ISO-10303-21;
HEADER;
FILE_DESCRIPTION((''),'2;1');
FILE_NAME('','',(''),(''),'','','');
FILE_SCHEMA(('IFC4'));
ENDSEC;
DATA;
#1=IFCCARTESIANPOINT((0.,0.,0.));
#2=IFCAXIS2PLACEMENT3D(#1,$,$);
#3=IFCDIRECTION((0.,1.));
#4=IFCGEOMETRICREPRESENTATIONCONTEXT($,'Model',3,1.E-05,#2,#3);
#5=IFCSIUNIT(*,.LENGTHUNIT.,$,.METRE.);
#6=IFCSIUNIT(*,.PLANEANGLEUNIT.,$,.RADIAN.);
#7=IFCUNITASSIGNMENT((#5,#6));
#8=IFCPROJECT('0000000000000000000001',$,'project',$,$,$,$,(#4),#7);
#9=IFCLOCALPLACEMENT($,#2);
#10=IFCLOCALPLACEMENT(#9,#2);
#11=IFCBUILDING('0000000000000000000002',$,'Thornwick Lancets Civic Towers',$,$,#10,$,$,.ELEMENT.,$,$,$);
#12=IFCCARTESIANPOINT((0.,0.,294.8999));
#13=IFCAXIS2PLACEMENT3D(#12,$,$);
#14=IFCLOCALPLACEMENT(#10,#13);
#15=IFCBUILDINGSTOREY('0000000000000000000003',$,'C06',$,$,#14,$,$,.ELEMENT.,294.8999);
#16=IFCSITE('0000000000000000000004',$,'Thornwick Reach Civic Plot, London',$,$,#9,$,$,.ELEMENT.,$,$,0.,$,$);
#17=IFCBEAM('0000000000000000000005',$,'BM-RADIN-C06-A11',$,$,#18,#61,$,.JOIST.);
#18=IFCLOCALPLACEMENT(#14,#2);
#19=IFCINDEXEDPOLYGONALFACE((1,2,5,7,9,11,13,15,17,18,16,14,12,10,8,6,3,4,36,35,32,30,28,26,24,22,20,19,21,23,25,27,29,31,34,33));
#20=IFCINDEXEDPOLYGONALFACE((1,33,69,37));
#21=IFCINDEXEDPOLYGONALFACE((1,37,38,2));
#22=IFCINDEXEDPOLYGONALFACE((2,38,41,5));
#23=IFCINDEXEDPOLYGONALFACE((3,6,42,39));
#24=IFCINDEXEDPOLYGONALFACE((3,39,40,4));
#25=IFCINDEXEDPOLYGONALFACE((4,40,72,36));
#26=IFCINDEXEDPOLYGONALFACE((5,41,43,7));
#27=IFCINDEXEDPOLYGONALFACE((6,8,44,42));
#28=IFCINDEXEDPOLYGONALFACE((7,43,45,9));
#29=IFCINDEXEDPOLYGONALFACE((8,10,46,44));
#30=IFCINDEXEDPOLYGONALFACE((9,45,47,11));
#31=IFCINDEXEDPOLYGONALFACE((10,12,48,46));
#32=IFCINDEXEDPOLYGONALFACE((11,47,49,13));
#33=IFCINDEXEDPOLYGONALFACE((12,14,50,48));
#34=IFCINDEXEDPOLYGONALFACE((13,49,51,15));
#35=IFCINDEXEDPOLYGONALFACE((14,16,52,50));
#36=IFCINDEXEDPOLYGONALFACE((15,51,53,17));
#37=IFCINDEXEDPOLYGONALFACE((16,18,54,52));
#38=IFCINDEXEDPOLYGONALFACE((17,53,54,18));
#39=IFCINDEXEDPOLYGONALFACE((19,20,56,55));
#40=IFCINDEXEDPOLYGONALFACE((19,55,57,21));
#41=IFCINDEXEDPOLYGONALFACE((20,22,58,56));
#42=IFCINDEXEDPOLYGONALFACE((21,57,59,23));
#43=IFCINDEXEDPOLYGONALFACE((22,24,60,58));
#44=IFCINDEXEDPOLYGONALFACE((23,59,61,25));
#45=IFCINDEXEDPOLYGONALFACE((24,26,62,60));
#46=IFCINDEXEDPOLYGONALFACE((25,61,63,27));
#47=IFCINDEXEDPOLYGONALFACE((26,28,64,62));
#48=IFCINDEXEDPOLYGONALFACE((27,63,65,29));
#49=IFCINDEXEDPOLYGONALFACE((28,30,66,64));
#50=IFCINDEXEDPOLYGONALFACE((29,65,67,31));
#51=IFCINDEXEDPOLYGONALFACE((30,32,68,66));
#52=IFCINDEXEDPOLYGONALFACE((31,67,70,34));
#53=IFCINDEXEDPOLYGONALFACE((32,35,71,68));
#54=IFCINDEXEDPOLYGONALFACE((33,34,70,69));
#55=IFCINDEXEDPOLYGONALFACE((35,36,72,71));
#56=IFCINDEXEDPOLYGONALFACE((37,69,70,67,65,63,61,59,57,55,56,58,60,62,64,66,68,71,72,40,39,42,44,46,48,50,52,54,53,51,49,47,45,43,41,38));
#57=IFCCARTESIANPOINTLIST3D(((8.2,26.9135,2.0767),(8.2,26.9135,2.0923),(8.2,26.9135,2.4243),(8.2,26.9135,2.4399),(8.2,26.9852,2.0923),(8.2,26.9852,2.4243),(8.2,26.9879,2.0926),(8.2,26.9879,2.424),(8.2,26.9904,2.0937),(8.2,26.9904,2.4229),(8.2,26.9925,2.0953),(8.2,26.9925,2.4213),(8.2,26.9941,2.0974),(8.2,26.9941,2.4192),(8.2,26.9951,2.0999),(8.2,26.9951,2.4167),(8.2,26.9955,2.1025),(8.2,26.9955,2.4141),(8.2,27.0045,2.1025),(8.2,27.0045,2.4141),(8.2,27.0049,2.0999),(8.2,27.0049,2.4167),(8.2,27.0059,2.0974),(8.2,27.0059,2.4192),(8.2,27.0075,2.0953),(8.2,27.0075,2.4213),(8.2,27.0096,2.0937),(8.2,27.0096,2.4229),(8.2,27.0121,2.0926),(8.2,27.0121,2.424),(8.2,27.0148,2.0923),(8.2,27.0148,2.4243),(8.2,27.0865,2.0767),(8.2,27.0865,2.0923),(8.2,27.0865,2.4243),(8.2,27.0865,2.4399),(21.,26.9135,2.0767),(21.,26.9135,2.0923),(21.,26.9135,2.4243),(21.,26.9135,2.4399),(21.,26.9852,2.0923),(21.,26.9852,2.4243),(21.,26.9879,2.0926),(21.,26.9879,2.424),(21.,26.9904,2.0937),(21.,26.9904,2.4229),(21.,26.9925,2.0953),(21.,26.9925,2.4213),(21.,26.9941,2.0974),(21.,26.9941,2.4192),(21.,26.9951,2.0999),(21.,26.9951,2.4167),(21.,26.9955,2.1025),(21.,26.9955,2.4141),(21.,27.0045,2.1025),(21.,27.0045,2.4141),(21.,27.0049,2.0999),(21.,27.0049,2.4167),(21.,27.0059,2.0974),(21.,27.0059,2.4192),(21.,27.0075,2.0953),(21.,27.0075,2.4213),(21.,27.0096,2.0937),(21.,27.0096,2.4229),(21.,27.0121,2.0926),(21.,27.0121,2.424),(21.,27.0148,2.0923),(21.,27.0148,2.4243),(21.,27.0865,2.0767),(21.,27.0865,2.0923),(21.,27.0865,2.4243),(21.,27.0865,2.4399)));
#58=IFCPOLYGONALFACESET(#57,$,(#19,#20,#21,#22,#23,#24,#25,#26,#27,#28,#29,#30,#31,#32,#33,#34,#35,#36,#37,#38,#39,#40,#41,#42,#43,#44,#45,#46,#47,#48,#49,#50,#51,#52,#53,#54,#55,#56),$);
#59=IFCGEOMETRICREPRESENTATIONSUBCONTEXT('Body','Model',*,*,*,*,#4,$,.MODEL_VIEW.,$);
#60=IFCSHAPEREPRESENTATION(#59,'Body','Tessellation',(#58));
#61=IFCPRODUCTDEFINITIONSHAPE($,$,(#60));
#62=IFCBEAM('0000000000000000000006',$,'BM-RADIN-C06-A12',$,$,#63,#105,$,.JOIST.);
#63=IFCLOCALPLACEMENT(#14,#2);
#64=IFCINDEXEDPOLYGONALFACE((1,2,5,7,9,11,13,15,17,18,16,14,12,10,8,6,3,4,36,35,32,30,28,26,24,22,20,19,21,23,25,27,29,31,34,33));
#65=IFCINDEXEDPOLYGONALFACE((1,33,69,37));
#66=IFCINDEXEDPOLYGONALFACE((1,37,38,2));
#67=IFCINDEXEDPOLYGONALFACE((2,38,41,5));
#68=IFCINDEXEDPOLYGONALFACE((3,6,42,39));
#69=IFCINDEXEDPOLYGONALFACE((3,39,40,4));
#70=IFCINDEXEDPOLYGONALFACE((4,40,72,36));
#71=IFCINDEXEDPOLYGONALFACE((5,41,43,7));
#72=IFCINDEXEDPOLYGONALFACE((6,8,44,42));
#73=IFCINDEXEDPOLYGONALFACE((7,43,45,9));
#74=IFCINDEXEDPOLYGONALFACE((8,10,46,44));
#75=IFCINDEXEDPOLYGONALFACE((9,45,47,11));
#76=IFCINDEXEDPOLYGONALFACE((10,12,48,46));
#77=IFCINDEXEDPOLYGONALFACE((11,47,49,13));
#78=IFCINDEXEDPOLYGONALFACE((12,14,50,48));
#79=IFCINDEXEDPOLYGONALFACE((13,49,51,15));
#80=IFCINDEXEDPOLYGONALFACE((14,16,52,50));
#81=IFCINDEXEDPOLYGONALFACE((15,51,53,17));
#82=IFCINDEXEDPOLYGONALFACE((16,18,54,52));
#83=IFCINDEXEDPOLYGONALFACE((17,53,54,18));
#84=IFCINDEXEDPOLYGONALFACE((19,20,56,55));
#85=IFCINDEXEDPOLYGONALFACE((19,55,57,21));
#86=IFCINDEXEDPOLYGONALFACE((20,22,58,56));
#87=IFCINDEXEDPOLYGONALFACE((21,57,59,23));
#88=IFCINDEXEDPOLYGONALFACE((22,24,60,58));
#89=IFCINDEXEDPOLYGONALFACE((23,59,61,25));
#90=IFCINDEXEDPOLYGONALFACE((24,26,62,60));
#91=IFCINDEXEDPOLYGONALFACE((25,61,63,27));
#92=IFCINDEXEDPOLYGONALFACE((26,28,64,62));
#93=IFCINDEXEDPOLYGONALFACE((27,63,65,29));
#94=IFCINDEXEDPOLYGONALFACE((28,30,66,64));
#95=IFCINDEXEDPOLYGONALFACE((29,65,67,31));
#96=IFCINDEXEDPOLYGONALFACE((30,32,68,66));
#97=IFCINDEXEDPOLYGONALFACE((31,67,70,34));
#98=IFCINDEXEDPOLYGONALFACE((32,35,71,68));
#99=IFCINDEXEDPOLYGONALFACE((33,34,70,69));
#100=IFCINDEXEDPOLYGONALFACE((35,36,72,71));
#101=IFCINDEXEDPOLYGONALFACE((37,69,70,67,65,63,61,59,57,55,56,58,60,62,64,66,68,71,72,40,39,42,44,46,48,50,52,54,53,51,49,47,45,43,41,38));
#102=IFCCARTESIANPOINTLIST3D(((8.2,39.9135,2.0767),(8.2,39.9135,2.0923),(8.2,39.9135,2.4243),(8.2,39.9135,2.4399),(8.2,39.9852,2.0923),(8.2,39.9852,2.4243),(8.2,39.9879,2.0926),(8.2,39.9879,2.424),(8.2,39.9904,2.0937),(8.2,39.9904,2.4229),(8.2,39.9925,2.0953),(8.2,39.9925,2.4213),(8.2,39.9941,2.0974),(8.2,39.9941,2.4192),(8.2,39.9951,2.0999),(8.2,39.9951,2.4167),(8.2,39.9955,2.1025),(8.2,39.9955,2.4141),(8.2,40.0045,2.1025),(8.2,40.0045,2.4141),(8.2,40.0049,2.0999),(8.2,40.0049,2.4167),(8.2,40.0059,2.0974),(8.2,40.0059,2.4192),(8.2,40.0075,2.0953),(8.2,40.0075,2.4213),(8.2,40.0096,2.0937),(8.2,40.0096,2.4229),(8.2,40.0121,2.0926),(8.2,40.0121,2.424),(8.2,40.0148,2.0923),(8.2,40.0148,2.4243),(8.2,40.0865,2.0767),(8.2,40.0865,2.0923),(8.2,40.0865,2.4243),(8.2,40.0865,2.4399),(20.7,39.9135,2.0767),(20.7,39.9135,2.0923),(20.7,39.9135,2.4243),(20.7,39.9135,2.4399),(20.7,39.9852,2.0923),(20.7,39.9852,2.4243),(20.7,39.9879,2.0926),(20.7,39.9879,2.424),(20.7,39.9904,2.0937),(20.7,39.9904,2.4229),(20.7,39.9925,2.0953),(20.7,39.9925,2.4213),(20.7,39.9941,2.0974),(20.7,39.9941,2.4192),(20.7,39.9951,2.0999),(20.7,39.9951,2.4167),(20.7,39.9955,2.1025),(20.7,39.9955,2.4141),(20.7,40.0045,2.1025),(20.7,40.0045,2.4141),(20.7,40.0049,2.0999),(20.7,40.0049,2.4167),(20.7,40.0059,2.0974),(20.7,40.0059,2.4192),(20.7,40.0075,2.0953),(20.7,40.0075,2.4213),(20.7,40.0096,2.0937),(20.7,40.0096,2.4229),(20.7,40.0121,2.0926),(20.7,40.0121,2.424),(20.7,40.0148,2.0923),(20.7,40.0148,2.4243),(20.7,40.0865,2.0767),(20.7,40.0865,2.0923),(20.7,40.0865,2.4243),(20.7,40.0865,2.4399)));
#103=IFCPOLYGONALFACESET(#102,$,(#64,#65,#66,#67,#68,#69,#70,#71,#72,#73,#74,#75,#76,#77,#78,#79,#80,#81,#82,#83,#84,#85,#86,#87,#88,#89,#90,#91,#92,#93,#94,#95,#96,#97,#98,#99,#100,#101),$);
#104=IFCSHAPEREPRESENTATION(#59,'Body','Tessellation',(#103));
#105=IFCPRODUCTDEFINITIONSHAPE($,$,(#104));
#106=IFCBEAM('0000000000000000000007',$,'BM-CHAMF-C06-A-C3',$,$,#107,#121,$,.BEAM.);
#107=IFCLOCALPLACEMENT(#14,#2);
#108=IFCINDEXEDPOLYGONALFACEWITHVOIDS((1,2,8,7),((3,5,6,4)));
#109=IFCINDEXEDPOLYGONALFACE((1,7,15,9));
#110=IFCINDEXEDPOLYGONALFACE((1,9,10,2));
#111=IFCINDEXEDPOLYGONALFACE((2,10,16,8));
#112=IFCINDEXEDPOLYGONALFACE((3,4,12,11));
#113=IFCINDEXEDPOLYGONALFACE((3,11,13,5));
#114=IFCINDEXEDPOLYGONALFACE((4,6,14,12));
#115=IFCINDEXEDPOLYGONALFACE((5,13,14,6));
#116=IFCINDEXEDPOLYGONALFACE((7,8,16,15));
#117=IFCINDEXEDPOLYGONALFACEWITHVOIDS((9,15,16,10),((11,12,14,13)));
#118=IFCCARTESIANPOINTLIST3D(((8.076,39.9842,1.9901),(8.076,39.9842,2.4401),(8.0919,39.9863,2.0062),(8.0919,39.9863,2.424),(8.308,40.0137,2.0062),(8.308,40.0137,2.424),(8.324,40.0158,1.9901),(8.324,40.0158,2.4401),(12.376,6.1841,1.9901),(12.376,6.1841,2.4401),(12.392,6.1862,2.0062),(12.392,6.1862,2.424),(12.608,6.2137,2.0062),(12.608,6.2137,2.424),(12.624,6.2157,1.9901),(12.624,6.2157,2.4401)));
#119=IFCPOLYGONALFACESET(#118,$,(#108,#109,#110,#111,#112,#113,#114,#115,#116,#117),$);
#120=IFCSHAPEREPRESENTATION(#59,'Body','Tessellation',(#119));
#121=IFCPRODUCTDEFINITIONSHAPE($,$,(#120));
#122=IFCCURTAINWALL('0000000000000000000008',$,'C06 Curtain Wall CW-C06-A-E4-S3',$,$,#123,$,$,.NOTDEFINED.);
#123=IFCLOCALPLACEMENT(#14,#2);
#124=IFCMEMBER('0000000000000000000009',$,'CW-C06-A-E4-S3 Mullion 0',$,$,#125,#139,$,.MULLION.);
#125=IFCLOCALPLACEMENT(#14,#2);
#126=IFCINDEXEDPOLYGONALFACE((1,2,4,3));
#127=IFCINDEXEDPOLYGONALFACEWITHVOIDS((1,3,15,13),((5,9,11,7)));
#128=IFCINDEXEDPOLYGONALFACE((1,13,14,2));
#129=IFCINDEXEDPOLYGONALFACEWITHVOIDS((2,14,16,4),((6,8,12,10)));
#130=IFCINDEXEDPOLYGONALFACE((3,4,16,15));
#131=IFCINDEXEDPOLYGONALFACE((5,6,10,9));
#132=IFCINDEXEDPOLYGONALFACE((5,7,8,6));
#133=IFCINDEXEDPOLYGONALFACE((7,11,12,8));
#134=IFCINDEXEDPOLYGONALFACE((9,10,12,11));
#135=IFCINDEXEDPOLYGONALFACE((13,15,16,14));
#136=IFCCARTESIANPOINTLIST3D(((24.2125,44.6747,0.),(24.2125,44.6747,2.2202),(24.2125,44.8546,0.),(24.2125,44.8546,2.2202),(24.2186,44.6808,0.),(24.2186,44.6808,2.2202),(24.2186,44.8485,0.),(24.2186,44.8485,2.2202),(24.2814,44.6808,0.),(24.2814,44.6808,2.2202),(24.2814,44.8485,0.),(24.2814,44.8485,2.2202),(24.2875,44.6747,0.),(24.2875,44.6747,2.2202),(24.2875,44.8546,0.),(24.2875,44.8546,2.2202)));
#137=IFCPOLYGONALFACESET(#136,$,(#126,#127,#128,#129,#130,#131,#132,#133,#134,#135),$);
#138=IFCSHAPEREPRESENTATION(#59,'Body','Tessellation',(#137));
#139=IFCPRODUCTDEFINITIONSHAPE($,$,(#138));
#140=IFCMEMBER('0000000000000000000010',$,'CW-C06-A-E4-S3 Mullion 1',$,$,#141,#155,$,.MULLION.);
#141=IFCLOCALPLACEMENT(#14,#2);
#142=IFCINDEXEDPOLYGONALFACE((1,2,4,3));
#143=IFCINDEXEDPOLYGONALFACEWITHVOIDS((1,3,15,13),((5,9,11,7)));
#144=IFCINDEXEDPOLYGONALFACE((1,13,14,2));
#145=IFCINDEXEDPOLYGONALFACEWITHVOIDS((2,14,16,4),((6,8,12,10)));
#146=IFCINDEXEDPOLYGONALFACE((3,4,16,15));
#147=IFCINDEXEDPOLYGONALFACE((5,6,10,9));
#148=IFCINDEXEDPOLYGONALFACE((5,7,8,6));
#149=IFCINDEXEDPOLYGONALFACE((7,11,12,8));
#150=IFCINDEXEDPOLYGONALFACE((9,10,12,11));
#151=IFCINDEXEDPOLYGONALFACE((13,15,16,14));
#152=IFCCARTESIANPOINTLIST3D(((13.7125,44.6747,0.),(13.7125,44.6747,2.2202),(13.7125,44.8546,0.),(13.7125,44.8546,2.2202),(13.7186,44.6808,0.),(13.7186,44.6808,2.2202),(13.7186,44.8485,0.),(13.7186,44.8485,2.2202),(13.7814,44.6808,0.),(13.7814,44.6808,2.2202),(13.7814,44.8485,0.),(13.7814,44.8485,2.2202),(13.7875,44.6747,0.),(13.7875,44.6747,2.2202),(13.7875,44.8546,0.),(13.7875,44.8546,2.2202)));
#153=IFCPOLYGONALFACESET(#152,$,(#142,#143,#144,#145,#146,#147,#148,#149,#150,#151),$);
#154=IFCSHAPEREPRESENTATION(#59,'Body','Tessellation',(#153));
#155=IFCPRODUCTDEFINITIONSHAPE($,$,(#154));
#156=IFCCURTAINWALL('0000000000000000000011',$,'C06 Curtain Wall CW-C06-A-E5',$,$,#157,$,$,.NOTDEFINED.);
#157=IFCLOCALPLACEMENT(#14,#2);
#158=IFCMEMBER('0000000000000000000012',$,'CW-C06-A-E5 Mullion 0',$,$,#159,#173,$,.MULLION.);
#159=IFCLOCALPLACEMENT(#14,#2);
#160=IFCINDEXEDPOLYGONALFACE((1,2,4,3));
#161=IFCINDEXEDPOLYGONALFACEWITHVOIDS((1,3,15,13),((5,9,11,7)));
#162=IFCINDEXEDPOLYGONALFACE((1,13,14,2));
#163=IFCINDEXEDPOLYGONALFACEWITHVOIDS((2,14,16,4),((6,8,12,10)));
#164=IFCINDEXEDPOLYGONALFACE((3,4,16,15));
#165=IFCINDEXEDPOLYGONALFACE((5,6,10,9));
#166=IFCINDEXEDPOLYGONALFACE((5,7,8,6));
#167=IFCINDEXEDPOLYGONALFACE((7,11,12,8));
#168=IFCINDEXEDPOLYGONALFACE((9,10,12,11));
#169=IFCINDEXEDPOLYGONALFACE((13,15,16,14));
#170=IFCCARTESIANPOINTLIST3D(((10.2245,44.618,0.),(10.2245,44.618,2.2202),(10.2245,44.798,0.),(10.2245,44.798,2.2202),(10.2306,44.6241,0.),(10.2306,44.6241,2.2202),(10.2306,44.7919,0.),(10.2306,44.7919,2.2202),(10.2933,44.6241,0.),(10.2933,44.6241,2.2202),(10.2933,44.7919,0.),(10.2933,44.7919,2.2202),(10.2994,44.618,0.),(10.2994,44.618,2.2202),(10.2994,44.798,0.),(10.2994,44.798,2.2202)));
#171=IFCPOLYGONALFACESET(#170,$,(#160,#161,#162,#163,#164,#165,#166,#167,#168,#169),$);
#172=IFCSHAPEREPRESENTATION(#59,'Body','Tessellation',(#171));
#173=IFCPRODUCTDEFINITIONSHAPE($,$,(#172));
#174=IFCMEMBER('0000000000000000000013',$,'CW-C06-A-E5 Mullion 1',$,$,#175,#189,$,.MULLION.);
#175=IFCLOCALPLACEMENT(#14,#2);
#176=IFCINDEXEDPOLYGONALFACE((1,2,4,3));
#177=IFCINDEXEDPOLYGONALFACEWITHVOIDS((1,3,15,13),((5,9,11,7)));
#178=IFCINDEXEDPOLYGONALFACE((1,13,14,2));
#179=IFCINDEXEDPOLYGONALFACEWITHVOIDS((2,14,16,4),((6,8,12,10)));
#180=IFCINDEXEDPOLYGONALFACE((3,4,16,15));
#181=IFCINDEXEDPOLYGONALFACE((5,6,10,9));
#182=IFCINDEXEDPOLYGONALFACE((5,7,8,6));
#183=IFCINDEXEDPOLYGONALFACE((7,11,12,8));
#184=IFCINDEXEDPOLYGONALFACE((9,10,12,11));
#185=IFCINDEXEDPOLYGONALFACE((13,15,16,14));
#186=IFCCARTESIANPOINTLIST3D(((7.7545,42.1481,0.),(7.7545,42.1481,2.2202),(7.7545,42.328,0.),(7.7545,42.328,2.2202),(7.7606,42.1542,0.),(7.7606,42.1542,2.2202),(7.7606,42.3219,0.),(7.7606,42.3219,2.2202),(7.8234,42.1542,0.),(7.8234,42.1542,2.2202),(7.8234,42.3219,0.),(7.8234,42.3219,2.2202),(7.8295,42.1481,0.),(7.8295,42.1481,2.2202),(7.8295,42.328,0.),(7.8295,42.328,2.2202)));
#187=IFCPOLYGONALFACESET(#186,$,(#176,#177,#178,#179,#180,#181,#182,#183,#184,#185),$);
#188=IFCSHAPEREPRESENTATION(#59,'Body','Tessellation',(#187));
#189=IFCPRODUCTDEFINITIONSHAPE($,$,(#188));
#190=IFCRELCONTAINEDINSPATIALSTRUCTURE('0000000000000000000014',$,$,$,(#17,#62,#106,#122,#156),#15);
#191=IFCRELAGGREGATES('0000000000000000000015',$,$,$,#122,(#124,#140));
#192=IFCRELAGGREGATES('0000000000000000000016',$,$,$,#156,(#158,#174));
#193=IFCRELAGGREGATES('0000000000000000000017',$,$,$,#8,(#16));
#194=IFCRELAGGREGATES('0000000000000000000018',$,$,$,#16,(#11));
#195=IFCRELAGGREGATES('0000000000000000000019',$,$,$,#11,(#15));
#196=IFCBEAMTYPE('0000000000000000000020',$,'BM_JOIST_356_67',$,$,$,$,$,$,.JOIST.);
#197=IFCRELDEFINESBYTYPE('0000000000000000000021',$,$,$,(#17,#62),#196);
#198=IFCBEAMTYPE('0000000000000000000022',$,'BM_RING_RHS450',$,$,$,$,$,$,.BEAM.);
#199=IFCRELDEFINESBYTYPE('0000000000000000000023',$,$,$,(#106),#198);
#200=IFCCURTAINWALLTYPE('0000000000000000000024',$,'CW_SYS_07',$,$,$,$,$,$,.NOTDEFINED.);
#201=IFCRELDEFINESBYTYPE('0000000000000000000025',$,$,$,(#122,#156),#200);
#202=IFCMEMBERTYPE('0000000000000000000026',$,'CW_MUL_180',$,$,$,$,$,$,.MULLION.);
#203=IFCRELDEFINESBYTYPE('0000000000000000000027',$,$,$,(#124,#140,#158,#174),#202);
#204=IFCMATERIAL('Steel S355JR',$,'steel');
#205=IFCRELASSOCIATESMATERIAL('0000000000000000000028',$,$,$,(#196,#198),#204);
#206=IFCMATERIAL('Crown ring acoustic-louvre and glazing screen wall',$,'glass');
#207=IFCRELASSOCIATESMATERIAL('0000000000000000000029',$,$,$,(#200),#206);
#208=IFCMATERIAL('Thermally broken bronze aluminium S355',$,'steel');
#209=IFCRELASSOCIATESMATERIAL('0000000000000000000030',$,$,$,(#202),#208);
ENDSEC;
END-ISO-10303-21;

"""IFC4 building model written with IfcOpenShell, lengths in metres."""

from ifc_helpers import new_model, si_unit, direction, frame, origin, origin_2d, place, context, subcontext, project, spatial, hollow_rectangle, i_section, extrude, material, material_profile, profile_set, type_object, element, aggregate, save


model = new_model("IFC4")

# Units and contexts
model_context = context("Model", 3, precision=1e-05, world=origin(), true_north=direction((0.0, 1.0)))
body_context = subcontext(model_context, "Body", "Model", "MODEL_VIEW")
ifc_project = project(units=[si_unit("LENGTHUNIT", "METRE"), si_unit("PLANEANGLEUNIT", "RADIAN")], contexts=[model_context])

# Site, building, storey
site_placement = place(None, origin())
site = spatial("IfcSite", under=ifc_project, at=site_placement, Name="Thornwick Reach Civic Plot, London", CompositionType="ELEMENT", RefElevation=0.0)
building_placement = place(site_placement, origin())
building = spatial("IfcBuilding", under=site, at=building_placement, Name="Thornwick Lancets Civic Towers", CompositionType="ELEMENT")
storey_placement = place(building_placement, frame((0.0, 0.0, 294.8999)))
storey = spatial("IfcBuildingStorey", under=building, at=storey_placement, Name="C06", CompositionType="ELEMENT", Elevation=294.8999)

# Shared definitions
ifc_material_1 = material(Name="Steel S355JR", Category="steel")

# Beams
ifc_material_profile_1 = material_profile(ifc_material_1, i_section(OverallWidth=0.1731, OverallDepth=0.3633, WebThickness=0.009, FlangeThickness=0.0156, FilletRadius=0.0103, at=origin_2d()), Name="UKB 356x171x67")
ifc_profile_set_1 = profile_set([ifc_material_profile_1], Name="Steel S355JR")
beam_type_1 = type_object("IfcBeamType", Name="BM_JOIST_356_67", PredefinedType="JOIST", material=ifc_profile_set_1)
beam_1_placement = place(storey_placement, frame((21.0, 27.0, 2.2583), z_axis=(-1.0, 0.0, 0.0), x_axis=(0.0, -1.0, 0.0)))
element("IfcBeam", 1, at=beam_1_placement, inside=storey, type_object=beam_type_1, Name="BM-RADIN-C06-A11", PredefinedType="JOIST", context=body_context, shape_type="SweptSolid", body=[
    extrude(i_section(OverallWidth=0.1731, OverallDepth=0.3633, WebThickness=0.009, FlangeThickness=0.0156, FilletRadius=0.0103, at=origin_2d()), origin(), (0.0, 0.0, 1.0), 12.8),
])
beam_2_placement = place(storey_placement, frame((20.7, 40.0, 2.2583), z_axis=(-1.0, 0.0, 0.0), x_axis=(0.0, -1.0, 0.0)))
element("IfcBeam", 2, at=beam_2_placement, inside=storey, type_object=beam_type_1, Name="BM-RADIN-C06-A12", PredefinedType="JOIST", context=body_context, shape_type="SweptSolid", body=[
    extrude(i_section(OverallWidth=0.1731, OverallDepth=0.3633, WebThickness=0.009, FlangeThickness=0.0156, FilletRadius=0.0103, at=origin_2d()), origin(), (0.0, 0.0, 1.0), 12.5),
])
ifc_material_profile_2 = material_profile(ifc_material_1, hollow_rectangle(XDim=0.25, YDim=0.45, WallThickness=0.0161, at=origin_2d()), Name="RHS 450x250x16")
ifc_profile_set_2 = profile_set([ifc_material_profile_2], Name="Steel S355JR")
beam_type_2 = type_object("IfcBeamType", Name="BM_RING_RHS450", PredefinedType="BEAM", material=ifc_profile_set_2)
beam_3_placement = place(storey_placement, frame((8.2, 40.0, 2.2151), z_axis=(0.126203, -0.992004, 0.0), x_axis=(0.992004, 0.126203, 0.0)))
element("IfcBeam", 3, at=beam_3_placement, inside=storey, type_object=beam_type_2, Name="BM-CHAMF-C06-A-C3", PredefinedType="BEAM", context=body_context, shape_type="SweptSolid", body=[
    extrude(hollow_rectangle(XDim=0.25, YDim=0.45, WallThickness=0.0161, at=origin_2d()), origin(), (0.0, 0.0, 1.0), 34.0725),
])

# Curtain walls, members
ifc_material_2 = material(Name="Crown ring acoustic-louvre and glazing screen wall", Category="glass")
curtain_wall_type = type_object("IfcCurtainWallType", Name="CW_SYS_07", PredefinedType="NOTDEFINED", material=ifc_material_2)
curtain_wall_1_placement = place(storey_placement, origin())
curtain_wall_1 = element("IfcCurtainWall", 4, at=curtain_wall_1_placement, inside=storey, type_object=curtain_wall_type, Name="C06 Curtain Wall CW-C06-A-E4-S3", PredefinedType="NOTDEFINED")
ifc_material_3 = material(Name="Thermally broken bronze aluminium S355", Category="steel")
ifc_material_profile_3 = material_profile(ifc_material_3, hollow_rectangle(XDim=0.075, YDim=0.1799, WallThickness=0.0061, at=origin_2d()), Name="RHS 180x75x6")
ifc_profile_set_3 = profile_set([ifc_material_profile_3], Name="Thermally broken bronze aluminium S355")
member_type_1 = type_object("IfcMemberType", Name="CW_MUL_180", PredefinedType="MULLION", material=ifc_profile_set_3)
member_1_placement = place(storey_placement, frame((24.25, 44.7646, 0.0), z_axis=(0.0, 0.0, 1.0), x_axis=(1.0, 0.0, 0.0)))
member_1 = element("IfcMember", 5, at=member_1_placement, type_object=member_type_1, Name="CW-C06-A-E4-S3 Mullion 0", PredefinedType="MULLION", context=body_context, shape_type="SweptSolid", body=[
    extrude(hollow_rectangle(XDim=0.075, YDim=0.1799, WallThickness=0.0061, at=origin_2d()), origin(), (0.0, 0.0, 1.0), 2.2202),
])
member_2_placement = place(storey_placement, frame((13.75, 44.7646, 0.0), z_axis=(0.0, 0.0, 1.0), x_axis=(1.0, 0.0, 0.0)))
member_2 = element("IfcMember", 6, at=member_2_placement, type_object=member_type_1, Name="CW-C06-A-E4-S3 Mullion 1", PredefinedType="MULLION", context=body_context, shape_type="SweptSolid", body=[
    extrude(hollow_rectangle(XDim=0.075, YDim=0.1799, WallThickness=0.0061, at=origin_2d()), origin(), (0.0, 0.0, 1.0), 2.2202),
])
curtain_wall_2_placement = place(storey_placement, origin())
curtain_wall_2 = element("IfcCurtainWall", 7, at=curtain_wall_2_placement, inside=storey, type_object=curtain_wall_type, Name="C06 Curtain Wall CW-C06-A-E5", PredefinedType="NOTDEFINED")
member_3_placement = place(storey_placement, frame((10.262, 44.708, 0.0), z_axis=(0.0, 0.0, 1.0), x_axis=(1.0, 0.0, 0.0)))
member_3 = element("IfcMember", 8, at=member_3_placement, type_object=member_type_1, Name="CW-C06-A-E5 Mullion 0", PredefinedType="MULLION", context=body_context, shape_type="SweptSolid", body=[
    extrude(hollow_rectangle(XDim=0.075, YDim=0.1799, WallThickness=0.0061, at=origin_2d()), origin(), (0.0, 0.0, 1.0), 2.2202),
])
member_4_placement = place(storey_placement, frame((7.792, 42.238, 0.0), z_axis=(0.0, 0.0, 1.0), x_axis=(1.0, 0.0, 0.0)))
member_4 = element("IfcMember", 9, at=member_4_placement, type_object=member_type_1, Name="CW-C06-A-E5 Mullion 1", PredefinedType="MULLION", context=body_context, shape_type="SweptSolid", body=[
    extrude(hollow_rectangle(XDim=0.075, YDim=0.1799, WallThickness=0.0061, at=origin_2d()), origin(), (0.0, 0.0, 1.0), 2.2202),
])

aggregate(curtain_wall_1, [member_1, member_2])
aggregate(curtain_wall_2, [member_3, member_4])

save(model, "model.ifc")
